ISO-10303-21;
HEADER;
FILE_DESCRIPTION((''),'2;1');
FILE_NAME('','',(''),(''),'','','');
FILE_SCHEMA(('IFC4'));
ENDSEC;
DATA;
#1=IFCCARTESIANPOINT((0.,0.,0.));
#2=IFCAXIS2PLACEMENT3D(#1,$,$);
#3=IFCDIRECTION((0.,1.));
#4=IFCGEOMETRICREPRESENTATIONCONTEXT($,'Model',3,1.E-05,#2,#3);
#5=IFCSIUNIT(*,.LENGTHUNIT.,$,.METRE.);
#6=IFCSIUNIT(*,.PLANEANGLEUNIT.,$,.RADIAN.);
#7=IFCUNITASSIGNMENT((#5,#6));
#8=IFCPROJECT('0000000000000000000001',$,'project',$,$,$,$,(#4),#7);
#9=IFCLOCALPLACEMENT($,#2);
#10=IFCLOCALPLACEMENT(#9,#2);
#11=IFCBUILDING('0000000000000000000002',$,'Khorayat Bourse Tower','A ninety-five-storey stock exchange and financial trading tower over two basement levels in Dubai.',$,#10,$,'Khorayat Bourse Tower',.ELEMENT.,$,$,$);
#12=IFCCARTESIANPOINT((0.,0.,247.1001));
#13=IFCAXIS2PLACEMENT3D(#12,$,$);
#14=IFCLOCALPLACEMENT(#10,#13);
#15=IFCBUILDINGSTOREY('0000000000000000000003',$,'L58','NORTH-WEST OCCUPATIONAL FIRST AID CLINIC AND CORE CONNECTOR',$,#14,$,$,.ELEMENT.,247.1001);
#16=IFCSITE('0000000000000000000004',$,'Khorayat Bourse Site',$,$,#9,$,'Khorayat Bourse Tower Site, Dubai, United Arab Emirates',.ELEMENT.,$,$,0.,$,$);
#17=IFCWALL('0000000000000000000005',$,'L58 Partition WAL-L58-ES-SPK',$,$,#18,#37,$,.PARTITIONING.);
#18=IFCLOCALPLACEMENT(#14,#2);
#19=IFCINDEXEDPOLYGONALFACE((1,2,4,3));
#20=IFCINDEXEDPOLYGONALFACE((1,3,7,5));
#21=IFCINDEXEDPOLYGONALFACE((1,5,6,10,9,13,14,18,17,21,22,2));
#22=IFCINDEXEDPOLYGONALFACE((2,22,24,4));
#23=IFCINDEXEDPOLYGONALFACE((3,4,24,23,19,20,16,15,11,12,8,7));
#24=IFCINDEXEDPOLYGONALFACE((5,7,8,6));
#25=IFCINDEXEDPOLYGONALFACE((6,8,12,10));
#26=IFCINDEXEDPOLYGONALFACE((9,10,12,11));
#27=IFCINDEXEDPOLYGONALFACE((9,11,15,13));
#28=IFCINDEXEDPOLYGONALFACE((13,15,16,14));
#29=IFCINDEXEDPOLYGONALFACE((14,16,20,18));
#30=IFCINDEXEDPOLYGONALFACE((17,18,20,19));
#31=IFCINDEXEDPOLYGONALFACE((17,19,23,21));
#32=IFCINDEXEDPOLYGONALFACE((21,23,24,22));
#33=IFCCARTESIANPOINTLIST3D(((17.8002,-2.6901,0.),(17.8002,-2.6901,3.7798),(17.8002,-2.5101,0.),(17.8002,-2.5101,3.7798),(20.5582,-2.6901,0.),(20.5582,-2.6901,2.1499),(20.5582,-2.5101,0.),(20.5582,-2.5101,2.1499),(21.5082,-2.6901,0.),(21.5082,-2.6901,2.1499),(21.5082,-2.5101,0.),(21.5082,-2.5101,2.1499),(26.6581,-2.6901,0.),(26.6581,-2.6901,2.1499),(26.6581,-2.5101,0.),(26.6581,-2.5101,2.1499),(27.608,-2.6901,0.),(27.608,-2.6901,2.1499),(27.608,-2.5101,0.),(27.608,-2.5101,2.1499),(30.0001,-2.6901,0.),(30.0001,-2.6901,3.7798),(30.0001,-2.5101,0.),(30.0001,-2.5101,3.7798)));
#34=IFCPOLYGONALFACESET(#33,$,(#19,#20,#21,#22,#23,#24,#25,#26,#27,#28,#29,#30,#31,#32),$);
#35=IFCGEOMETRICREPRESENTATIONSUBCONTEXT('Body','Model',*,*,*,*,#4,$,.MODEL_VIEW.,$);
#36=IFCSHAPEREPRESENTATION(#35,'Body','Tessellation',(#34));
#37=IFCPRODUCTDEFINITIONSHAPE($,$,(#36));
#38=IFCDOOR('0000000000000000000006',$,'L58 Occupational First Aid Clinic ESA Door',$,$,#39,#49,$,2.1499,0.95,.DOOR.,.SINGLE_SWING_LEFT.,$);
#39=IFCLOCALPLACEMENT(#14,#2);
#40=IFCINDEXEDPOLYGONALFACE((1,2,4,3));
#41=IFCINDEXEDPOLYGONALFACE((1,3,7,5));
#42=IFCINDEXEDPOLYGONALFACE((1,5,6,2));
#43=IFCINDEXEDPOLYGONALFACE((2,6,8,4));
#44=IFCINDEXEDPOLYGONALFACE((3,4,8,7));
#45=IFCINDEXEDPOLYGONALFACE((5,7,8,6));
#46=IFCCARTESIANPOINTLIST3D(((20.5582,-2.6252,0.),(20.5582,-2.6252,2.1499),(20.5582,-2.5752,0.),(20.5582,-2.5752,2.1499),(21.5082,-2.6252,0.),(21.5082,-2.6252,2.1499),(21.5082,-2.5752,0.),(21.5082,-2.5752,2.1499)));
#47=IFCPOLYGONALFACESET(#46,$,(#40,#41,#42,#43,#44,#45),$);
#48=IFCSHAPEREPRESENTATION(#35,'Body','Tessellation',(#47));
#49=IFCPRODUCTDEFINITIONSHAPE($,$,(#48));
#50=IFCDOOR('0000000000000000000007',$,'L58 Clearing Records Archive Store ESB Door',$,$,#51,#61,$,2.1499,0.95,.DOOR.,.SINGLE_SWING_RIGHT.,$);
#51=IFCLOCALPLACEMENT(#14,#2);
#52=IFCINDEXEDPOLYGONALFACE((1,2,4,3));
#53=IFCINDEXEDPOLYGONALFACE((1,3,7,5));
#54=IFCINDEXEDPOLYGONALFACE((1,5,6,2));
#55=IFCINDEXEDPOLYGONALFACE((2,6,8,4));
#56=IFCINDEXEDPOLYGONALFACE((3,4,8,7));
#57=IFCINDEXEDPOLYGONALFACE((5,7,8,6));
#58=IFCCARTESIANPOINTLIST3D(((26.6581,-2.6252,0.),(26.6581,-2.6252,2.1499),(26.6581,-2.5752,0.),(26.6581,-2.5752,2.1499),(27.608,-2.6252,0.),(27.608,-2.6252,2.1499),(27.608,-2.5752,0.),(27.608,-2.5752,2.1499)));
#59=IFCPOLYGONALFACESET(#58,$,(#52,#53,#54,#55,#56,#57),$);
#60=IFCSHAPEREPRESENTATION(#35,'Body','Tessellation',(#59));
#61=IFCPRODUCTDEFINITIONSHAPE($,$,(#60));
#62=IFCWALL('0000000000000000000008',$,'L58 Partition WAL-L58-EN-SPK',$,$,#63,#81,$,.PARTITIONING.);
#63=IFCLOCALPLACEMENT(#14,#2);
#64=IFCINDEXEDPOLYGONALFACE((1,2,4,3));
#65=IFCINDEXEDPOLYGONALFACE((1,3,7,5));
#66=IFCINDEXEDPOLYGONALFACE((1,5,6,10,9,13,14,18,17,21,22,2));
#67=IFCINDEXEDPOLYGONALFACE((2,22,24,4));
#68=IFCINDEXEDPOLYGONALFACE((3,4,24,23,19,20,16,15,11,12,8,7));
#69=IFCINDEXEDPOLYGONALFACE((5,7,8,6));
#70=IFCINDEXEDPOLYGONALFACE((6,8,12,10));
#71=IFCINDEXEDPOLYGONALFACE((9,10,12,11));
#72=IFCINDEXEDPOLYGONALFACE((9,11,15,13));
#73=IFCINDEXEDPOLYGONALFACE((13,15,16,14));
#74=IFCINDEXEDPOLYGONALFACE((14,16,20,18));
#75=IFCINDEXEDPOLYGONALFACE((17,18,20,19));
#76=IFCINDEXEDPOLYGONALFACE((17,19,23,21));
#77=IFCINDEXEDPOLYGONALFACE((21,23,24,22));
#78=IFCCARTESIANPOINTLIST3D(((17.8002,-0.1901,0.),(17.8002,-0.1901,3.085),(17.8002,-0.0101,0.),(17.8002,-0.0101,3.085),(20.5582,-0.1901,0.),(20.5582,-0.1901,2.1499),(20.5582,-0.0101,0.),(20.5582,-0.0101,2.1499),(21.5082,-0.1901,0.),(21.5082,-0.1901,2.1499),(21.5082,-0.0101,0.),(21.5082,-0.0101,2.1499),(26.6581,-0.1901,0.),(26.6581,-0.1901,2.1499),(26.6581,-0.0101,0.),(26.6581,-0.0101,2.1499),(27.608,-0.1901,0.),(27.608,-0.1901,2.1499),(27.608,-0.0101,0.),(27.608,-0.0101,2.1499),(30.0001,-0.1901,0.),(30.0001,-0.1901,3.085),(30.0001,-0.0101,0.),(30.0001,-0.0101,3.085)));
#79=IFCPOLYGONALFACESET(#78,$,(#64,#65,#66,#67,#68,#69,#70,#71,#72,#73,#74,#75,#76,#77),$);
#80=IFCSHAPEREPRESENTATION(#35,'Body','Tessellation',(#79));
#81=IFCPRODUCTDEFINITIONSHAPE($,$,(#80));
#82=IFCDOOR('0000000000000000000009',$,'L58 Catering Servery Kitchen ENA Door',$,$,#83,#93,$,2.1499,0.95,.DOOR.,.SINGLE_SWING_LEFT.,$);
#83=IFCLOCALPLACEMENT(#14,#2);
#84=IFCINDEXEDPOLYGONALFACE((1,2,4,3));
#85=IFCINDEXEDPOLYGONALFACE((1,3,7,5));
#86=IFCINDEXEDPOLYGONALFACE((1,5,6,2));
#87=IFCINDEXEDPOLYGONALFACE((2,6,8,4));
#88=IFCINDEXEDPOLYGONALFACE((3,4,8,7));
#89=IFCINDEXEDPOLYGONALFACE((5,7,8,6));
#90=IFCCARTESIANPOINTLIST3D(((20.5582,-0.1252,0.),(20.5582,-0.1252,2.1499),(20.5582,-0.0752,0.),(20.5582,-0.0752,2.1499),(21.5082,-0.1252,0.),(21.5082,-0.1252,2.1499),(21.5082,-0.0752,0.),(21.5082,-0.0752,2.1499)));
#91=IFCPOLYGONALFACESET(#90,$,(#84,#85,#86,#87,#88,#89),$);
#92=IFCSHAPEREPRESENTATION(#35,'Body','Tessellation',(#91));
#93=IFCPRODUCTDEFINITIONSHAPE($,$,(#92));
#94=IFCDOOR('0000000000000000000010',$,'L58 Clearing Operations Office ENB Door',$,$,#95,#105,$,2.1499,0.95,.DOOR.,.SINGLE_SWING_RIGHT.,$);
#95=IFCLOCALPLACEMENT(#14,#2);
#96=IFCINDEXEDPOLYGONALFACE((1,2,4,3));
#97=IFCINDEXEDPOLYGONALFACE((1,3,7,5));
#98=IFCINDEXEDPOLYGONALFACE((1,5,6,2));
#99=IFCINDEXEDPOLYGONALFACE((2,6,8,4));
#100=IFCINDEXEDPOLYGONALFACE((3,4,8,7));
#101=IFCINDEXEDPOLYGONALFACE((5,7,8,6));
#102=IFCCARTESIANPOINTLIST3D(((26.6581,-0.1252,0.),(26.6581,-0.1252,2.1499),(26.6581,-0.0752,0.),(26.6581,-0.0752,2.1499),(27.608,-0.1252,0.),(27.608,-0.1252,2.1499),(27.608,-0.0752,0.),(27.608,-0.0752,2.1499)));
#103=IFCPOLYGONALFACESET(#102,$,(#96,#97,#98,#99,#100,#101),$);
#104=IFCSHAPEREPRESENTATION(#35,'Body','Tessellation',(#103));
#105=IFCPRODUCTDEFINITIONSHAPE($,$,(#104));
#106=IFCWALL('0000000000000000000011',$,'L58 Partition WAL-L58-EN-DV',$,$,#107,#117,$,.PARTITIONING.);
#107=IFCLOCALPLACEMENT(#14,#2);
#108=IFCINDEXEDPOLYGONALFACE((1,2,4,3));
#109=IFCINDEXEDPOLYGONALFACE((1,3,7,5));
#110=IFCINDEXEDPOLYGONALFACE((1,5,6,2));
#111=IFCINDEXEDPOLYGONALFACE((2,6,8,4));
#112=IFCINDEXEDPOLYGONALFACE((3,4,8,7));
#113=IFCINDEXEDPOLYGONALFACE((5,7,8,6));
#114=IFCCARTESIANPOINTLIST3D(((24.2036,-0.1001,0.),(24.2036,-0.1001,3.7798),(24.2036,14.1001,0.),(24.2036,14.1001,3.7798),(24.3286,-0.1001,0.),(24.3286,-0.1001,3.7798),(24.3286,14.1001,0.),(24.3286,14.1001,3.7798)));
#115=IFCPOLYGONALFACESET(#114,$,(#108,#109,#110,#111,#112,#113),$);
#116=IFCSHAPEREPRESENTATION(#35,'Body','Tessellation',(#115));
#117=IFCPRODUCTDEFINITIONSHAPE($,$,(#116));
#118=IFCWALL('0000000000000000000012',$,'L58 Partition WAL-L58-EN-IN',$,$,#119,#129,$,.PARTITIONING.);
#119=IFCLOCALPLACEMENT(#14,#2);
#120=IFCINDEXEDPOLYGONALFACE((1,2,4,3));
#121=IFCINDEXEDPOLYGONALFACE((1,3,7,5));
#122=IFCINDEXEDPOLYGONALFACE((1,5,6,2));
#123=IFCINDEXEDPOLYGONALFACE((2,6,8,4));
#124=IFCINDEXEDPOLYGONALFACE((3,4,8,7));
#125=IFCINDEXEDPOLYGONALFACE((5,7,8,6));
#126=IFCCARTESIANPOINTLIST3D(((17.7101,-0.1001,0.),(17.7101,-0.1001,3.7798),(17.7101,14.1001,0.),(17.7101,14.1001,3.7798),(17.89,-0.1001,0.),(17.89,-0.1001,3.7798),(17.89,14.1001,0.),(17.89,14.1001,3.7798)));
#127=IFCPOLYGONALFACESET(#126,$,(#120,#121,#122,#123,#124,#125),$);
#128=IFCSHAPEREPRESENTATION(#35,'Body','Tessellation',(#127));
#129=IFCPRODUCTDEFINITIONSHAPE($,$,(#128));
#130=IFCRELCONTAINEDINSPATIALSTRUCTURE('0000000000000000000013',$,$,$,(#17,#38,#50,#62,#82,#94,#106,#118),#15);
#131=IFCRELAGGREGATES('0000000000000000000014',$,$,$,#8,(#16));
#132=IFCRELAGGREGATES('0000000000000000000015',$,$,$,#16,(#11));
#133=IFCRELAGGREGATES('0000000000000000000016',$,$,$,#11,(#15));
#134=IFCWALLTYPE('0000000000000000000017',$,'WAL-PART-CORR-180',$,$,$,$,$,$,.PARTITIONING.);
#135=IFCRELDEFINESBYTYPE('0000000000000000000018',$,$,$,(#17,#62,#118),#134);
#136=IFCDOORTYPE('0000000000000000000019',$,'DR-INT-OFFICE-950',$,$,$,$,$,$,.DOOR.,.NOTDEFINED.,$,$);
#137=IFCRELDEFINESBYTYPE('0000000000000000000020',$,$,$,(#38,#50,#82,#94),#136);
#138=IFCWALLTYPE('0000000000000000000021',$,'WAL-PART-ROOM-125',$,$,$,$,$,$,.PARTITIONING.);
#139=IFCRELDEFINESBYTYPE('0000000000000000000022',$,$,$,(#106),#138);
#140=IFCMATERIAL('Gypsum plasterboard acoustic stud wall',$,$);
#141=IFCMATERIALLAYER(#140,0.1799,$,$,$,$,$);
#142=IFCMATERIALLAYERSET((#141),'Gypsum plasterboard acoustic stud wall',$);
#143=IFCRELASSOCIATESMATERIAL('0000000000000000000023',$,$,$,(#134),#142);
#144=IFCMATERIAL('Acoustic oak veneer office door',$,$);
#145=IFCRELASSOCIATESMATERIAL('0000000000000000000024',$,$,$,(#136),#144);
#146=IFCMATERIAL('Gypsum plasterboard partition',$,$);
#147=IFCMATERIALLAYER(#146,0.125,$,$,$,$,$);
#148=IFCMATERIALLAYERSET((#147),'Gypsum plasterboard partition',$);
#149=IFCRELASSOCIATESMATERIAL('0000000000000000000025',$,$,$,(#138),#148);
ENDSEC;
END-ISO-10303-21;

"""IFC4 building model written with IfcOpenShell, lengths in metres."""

from ifc_helpers import new_model, si_unit, direction, frame, frame_2d, origin, place, context, subcontext, project, spatial, rectangle, extrude, source, transform, mapped, material, layer, layer_set, type_object, element, fill, save


model = new_model("IFC4")

# Units and contexts
model_context = context("Model", 3, precision=1e-05, world=origin(), true_north=direction((0.0, 1.0)))
body_context = subcontext(model_context, "Body", "Model", "MODEL_VIEW")
ifc_project = project(units=[si_unit("LENGTHUNIT", "METRE"), si_unit("PLANEANGLEUNIT", "RADIAN")], contexts=[model_context])

# Site, building, storey
site_placement = place(None, origin())
site = spatial("IfcSite", under=ifc_project, at=site_placement, Name="Khorayat Bourse Site", LongName="Khorayat Bourse Tower Site, Dubai, United Arab Emirates", CompositionType="ELEMENT", RefElevation=0.0)
building_placement = place(site_placement, origin())
building = spatial("IfcBuilding", under=site, at=building_placement, Name="Khorayat Bourse Tower", Description="A ninety-five-storey stock exchange and financial trading tower over two basement levels in Dubai.", LongName="Khorayat Bourse Tower", CompositionType="ELEMENT")
storey_placement = place(building_placement, frame((0.0, 0.0, 247.1001)))
storey = spatial("IfcBuildingStorey", under=building, at=storey_placement, Name="L58", Description="NORTH-WEST OCCUPATIONAL FIRST AID CLINIC AND CORE CONNECTOR", CompositionType="ELEMENT", Elevation=247.1001)

# Shared definitions
ifc_material_1 = material(Name="Gypsum plasterboard acoustic stud wall")
ifc_layer_1 = layer(ifc_material_1, 0.1799)
ifc_layer_set_1 = layer_set([ifc_layer_1], Name="Gypsum plasterboard acoustic stud wall")
wall_type_1 = type_object("IfcWallType", Name="WAL-PART-CORR-180", PredefinedType="PARTITIONING", material=ifc_layer_set_1)

# Walls, openings, doors
shared_shape_1 = source(origin(), body_context, "Body", "SweptSolid", [
    extrude(rectangle(XDim=12.2, YDim=0.1799, at=frame_2d((6.1001, 0.0))), origin(), (0.0, 0.0, 1.0), 3.7798),
])
wall_1_placement = place(storey_placement, frame((17.8, -2.6001, 0.0), z_axis=(0.0, 0.0, 1.0), x_axis=(1.0, 0.0, 0.0)))
wall_1 = element("IfcWall", 1, at=wall_1_placement, inside=storey, type_object=wall_type_1, Name="L58 Partition WAL-L58-ES-SPK", PredefinedType="PARTITIONING", context=body_context, shape_type="MappedRepresentation", body=[
    mapped(shared_shape_1, transform((0.0, 0.0, 0.0), scale=1.0)),
])
shared_shape_2 = source(origin(), body_context, "Body", "SweptSolid", [
    extrude(rectangle(XDim=0.95, YDim=2.1499, at=frame_2d((0.4751, 1.075))), frame((0.0, 0.0999, 0.0), z_axis=(0.0, -1.0, 0.0), x_axis=(1.0, 0.0, 0.0)), (0.0, 0.0, 1.0), 0.2),
])
opening_1_placement = place(wall_1_placement, frame((2.7581, 0.0, 0.0)))
opening_1 = element("IfcOpeningElement", 2, at=opening_1_placement, cuts=wall_1, PredefinedType="OPENING", context=body_context, shape_type="MappedRepresentation", body=[
    mapped(shared_shape_2, transform((0.0, 0.0, 0.0), scale=1.0)),
])
opening_2_placement = place(wall_1_placement, frame((8.8579, 0.0, 0.0)))
opening_2 = element("IfcOpeningElement", 3, at=opening_2_placement, cuts=wall_1, PredefinedType="OPENING", context=body_context, shape_type="MappedRepresentation", body=[
    mapped(shared_shape_2, transform((0.0, 0.0, 0.0), scale=1.0)),
])
ifc_material_2 = material(Name="Acoustic oak veneer office door")
door_type = type_object("IfcDoorType", Name="DR-INT-OFFICE-950", OperationType="NOTDEFINED", PredefinedType="DOOR", material=ifc_material_2)
shared_shape_3 = source(origin(), body_context, "Body", "SweptSolid", [
    extrude(rectangle(XDim=0.95, YDim=2.1499, at=frame_2d((0.4751, 1.075))), frame((0.0, 0.0249, 0.0), z_axis=(0.0, -1.0, 0.0), x_axis=(1.0, 0.0, 0.0)), (0.0, 0.0, 1.0), 0.05),
])
door_1_placement = place(opening_1_placement, origin())
door_1 = element("IfcDoor", 4, at=door_1_placement, inside=storey, type_object=door_type, Name="L58 Occupational First Aid Clinic ESA Door", OperationType="SINGLE_SWING_LEFT", OverallHeight=2.1499, OverallWidth=0.95, PredefinedType="DOOR", context=body_context, shape_type="MappedRepresentation", body=[
    mapped(shared_shape_3, transform((0.0, 0.0, 0.0), scale=1.0)),
])
fill(opening_1, door_1)
door_2_placement = place(opening_2_placement, origin())
door_2 = element("IfcDoor", 5, at=door_2_placement, inside=storey, type_object=door_type, Name="L58 Clearing Records Archive Store ESB Door", OperationType="SINGLE_SWING_RIGHT", OverallHeight=2.1499, OverallWidth=0.95, PredefinedType="DOOR", context=body_context, shape_type="MappedRepresentation", body=[
    mapped(shared_shape_3, transform((0.0, 0.0, 0.0), scale=1.0)),
])
fill(opening_2, door_2)
shared_shape_4 = source(origin(), body_context, "Body", "SweptSolid", [
    extrude(rectangle(XDim=12.2, YDim=0.1799, at=frame_2d((6.1001, 0.0))), origin(), (0.0, 0.0, 1.0), 3.085),
])
wall_2_placement = place(storey_placement, frame((17.8, -0.1001, 0.0), z_axis=(0.0, 0.0, 1.0), x_axis=(1.0, 0.0, 0.0)))
wall_2 = element("IfcWall", 6, at=wall_2_placement, inside=storey, type_object=wall_type_1, Name="L58 Partition WAL-L58-EN-SPK", PredefinedType="PARTITIONING", context=body_context, shape_type="MappedRepresentation", body=[
    mapped(shared_shape_4, transform((0.0, 0.0, 0.0), scale=1.0)),
])
opening_3_placement = place(wall_2_placement, frame((2.7581, 0.0, 0.0)))
opening_3 = element("IfcOpeningElement", 7, at=opening_3_placement, cuts=wall_2, PredefinedType="OPENING", context=body_context, shape_type="MappedRepresentation", body=[
    mapped(shared_shape_2, transform((0.0, 0.0, 0.0), scale=1.0)),
])
opening_4_placement = place(wall_2_placement, frame((8.8579, 0.0, 0.0)))
opening_4 = element("IfcOpeningElement", 8, at=opening_4_placement, cuts=wall_2, PredefinedType="OPENING", context=body_context, shape_type="MappedRepresentation", body=[
    mapped(shared_shape_2, transform((0.0, 0.0, 0.0), scale=1.0)),
])
door_3_placement = place(opening_3_placement, origin())
door_3 = element("IfcDoor", 9, at=door_3_placement, inside=storey, type_object=door_type, Name="L58 Catering Servery Kitchen ENA Door", OperationType="SINGLE_SWING_LEFT", OverallHeight=2.1499, OverallWidth=0.95, PredefinedType="DOOR", context=body_context, shape_type="MappedRepresentation", body=[
    mapped(shared_shape_3, transform((0.0, 0.0, 0.0), scale=1.0)),
])
fill(opening_3, door_3)
door_4_placement = place(opening_4_placement, origin())
door_4 = element("IfcDoor", 10, at=door_4_placement, inside=storey, type_object=door_type, Name="L58 Clearing Operations Office ENB Door", OperationType="SINGLE_SWING_RIGHT", OverallHeight=2.1499, OverallWidth=0.95, PredefinedType="DOOR", context=body_context, shape_type="MappedRepresentation", body=[
    mapped(shared_shape_3, transform((0.0, 0.0, 0.0), scale=1.0)),
])
fill(opening_4, door_4)

# Walls
ifc_material_3 = material(Name="Gypsum plasterboard partition")
ifc_layer_2 = layer(ifc_material_3, 0.125)
ifc_layer_set_2 = layer_set([ifc_layer_2], Name="Gypsum plasterboard partition")
wall_type_2 = type_object("IfcWallType", Name="WAL-PART-ROOM-125", PredefinedType="PARTITIONING", material=ifc_layer_set_2)
shared_shape_5 = source(origin(), body_context, "Body", "SweptSolid", [
    extrude(rectangle(XDim=14.2002, YDim=0.125, at=frame_2d((7.1001, 0.0))), origin(), (0.0, 0.0, 1.0), 3.7798),
])
wall_3_placement = place(storey_placement, frame((24.2661, -0.1001, 0.0), z_axis=(0.0, 0.0, 1.0), x_axis=(0.0, 1.0, 0.0)))
element("IfcWall", 11, at=wall_3_placement, inside=storey, type_object=wall_type_2, Name="L58 Partition WAL-L58-EN-DV", PredefinedType="PARTITIONING", context=body_context, shape_type="MappedRepresentation", body=[
    mapped(shared_shape_5, transform((0.0, 0.0, 0.0), scale=1.0)),
])
shared_shape_6 = source(origin(), body_context, "Body", "SweptSolid", [
    extrude(rectangle(XDim=14.2002, YDim=0.1799, at=frame_2d((7.1001, 0.0))), origin(), (0.0, 0.0, 1.0), 3.7798),
])
wall_4_placement = place(storey_placement, frame((17.8, -0.1001, 0.0), z_axis=(0.0, 0.0, 1.0), x_axis=(0.0, 1.0, 0.0)))
element("IfcWall", 12, at=wall_4_placement, inside=storey, type_object=wall_type_1, Name="L58 Partition WAL-L58-EN-IN", PredefinedType="PARTITIONING", context=body_context, shape_type="MappedRepresentation", body=[
    mapped(shared_shape_6, transform((0.0, 0.0, 0.0), scale=1.0)),
])

save(model, "model.ifc")
